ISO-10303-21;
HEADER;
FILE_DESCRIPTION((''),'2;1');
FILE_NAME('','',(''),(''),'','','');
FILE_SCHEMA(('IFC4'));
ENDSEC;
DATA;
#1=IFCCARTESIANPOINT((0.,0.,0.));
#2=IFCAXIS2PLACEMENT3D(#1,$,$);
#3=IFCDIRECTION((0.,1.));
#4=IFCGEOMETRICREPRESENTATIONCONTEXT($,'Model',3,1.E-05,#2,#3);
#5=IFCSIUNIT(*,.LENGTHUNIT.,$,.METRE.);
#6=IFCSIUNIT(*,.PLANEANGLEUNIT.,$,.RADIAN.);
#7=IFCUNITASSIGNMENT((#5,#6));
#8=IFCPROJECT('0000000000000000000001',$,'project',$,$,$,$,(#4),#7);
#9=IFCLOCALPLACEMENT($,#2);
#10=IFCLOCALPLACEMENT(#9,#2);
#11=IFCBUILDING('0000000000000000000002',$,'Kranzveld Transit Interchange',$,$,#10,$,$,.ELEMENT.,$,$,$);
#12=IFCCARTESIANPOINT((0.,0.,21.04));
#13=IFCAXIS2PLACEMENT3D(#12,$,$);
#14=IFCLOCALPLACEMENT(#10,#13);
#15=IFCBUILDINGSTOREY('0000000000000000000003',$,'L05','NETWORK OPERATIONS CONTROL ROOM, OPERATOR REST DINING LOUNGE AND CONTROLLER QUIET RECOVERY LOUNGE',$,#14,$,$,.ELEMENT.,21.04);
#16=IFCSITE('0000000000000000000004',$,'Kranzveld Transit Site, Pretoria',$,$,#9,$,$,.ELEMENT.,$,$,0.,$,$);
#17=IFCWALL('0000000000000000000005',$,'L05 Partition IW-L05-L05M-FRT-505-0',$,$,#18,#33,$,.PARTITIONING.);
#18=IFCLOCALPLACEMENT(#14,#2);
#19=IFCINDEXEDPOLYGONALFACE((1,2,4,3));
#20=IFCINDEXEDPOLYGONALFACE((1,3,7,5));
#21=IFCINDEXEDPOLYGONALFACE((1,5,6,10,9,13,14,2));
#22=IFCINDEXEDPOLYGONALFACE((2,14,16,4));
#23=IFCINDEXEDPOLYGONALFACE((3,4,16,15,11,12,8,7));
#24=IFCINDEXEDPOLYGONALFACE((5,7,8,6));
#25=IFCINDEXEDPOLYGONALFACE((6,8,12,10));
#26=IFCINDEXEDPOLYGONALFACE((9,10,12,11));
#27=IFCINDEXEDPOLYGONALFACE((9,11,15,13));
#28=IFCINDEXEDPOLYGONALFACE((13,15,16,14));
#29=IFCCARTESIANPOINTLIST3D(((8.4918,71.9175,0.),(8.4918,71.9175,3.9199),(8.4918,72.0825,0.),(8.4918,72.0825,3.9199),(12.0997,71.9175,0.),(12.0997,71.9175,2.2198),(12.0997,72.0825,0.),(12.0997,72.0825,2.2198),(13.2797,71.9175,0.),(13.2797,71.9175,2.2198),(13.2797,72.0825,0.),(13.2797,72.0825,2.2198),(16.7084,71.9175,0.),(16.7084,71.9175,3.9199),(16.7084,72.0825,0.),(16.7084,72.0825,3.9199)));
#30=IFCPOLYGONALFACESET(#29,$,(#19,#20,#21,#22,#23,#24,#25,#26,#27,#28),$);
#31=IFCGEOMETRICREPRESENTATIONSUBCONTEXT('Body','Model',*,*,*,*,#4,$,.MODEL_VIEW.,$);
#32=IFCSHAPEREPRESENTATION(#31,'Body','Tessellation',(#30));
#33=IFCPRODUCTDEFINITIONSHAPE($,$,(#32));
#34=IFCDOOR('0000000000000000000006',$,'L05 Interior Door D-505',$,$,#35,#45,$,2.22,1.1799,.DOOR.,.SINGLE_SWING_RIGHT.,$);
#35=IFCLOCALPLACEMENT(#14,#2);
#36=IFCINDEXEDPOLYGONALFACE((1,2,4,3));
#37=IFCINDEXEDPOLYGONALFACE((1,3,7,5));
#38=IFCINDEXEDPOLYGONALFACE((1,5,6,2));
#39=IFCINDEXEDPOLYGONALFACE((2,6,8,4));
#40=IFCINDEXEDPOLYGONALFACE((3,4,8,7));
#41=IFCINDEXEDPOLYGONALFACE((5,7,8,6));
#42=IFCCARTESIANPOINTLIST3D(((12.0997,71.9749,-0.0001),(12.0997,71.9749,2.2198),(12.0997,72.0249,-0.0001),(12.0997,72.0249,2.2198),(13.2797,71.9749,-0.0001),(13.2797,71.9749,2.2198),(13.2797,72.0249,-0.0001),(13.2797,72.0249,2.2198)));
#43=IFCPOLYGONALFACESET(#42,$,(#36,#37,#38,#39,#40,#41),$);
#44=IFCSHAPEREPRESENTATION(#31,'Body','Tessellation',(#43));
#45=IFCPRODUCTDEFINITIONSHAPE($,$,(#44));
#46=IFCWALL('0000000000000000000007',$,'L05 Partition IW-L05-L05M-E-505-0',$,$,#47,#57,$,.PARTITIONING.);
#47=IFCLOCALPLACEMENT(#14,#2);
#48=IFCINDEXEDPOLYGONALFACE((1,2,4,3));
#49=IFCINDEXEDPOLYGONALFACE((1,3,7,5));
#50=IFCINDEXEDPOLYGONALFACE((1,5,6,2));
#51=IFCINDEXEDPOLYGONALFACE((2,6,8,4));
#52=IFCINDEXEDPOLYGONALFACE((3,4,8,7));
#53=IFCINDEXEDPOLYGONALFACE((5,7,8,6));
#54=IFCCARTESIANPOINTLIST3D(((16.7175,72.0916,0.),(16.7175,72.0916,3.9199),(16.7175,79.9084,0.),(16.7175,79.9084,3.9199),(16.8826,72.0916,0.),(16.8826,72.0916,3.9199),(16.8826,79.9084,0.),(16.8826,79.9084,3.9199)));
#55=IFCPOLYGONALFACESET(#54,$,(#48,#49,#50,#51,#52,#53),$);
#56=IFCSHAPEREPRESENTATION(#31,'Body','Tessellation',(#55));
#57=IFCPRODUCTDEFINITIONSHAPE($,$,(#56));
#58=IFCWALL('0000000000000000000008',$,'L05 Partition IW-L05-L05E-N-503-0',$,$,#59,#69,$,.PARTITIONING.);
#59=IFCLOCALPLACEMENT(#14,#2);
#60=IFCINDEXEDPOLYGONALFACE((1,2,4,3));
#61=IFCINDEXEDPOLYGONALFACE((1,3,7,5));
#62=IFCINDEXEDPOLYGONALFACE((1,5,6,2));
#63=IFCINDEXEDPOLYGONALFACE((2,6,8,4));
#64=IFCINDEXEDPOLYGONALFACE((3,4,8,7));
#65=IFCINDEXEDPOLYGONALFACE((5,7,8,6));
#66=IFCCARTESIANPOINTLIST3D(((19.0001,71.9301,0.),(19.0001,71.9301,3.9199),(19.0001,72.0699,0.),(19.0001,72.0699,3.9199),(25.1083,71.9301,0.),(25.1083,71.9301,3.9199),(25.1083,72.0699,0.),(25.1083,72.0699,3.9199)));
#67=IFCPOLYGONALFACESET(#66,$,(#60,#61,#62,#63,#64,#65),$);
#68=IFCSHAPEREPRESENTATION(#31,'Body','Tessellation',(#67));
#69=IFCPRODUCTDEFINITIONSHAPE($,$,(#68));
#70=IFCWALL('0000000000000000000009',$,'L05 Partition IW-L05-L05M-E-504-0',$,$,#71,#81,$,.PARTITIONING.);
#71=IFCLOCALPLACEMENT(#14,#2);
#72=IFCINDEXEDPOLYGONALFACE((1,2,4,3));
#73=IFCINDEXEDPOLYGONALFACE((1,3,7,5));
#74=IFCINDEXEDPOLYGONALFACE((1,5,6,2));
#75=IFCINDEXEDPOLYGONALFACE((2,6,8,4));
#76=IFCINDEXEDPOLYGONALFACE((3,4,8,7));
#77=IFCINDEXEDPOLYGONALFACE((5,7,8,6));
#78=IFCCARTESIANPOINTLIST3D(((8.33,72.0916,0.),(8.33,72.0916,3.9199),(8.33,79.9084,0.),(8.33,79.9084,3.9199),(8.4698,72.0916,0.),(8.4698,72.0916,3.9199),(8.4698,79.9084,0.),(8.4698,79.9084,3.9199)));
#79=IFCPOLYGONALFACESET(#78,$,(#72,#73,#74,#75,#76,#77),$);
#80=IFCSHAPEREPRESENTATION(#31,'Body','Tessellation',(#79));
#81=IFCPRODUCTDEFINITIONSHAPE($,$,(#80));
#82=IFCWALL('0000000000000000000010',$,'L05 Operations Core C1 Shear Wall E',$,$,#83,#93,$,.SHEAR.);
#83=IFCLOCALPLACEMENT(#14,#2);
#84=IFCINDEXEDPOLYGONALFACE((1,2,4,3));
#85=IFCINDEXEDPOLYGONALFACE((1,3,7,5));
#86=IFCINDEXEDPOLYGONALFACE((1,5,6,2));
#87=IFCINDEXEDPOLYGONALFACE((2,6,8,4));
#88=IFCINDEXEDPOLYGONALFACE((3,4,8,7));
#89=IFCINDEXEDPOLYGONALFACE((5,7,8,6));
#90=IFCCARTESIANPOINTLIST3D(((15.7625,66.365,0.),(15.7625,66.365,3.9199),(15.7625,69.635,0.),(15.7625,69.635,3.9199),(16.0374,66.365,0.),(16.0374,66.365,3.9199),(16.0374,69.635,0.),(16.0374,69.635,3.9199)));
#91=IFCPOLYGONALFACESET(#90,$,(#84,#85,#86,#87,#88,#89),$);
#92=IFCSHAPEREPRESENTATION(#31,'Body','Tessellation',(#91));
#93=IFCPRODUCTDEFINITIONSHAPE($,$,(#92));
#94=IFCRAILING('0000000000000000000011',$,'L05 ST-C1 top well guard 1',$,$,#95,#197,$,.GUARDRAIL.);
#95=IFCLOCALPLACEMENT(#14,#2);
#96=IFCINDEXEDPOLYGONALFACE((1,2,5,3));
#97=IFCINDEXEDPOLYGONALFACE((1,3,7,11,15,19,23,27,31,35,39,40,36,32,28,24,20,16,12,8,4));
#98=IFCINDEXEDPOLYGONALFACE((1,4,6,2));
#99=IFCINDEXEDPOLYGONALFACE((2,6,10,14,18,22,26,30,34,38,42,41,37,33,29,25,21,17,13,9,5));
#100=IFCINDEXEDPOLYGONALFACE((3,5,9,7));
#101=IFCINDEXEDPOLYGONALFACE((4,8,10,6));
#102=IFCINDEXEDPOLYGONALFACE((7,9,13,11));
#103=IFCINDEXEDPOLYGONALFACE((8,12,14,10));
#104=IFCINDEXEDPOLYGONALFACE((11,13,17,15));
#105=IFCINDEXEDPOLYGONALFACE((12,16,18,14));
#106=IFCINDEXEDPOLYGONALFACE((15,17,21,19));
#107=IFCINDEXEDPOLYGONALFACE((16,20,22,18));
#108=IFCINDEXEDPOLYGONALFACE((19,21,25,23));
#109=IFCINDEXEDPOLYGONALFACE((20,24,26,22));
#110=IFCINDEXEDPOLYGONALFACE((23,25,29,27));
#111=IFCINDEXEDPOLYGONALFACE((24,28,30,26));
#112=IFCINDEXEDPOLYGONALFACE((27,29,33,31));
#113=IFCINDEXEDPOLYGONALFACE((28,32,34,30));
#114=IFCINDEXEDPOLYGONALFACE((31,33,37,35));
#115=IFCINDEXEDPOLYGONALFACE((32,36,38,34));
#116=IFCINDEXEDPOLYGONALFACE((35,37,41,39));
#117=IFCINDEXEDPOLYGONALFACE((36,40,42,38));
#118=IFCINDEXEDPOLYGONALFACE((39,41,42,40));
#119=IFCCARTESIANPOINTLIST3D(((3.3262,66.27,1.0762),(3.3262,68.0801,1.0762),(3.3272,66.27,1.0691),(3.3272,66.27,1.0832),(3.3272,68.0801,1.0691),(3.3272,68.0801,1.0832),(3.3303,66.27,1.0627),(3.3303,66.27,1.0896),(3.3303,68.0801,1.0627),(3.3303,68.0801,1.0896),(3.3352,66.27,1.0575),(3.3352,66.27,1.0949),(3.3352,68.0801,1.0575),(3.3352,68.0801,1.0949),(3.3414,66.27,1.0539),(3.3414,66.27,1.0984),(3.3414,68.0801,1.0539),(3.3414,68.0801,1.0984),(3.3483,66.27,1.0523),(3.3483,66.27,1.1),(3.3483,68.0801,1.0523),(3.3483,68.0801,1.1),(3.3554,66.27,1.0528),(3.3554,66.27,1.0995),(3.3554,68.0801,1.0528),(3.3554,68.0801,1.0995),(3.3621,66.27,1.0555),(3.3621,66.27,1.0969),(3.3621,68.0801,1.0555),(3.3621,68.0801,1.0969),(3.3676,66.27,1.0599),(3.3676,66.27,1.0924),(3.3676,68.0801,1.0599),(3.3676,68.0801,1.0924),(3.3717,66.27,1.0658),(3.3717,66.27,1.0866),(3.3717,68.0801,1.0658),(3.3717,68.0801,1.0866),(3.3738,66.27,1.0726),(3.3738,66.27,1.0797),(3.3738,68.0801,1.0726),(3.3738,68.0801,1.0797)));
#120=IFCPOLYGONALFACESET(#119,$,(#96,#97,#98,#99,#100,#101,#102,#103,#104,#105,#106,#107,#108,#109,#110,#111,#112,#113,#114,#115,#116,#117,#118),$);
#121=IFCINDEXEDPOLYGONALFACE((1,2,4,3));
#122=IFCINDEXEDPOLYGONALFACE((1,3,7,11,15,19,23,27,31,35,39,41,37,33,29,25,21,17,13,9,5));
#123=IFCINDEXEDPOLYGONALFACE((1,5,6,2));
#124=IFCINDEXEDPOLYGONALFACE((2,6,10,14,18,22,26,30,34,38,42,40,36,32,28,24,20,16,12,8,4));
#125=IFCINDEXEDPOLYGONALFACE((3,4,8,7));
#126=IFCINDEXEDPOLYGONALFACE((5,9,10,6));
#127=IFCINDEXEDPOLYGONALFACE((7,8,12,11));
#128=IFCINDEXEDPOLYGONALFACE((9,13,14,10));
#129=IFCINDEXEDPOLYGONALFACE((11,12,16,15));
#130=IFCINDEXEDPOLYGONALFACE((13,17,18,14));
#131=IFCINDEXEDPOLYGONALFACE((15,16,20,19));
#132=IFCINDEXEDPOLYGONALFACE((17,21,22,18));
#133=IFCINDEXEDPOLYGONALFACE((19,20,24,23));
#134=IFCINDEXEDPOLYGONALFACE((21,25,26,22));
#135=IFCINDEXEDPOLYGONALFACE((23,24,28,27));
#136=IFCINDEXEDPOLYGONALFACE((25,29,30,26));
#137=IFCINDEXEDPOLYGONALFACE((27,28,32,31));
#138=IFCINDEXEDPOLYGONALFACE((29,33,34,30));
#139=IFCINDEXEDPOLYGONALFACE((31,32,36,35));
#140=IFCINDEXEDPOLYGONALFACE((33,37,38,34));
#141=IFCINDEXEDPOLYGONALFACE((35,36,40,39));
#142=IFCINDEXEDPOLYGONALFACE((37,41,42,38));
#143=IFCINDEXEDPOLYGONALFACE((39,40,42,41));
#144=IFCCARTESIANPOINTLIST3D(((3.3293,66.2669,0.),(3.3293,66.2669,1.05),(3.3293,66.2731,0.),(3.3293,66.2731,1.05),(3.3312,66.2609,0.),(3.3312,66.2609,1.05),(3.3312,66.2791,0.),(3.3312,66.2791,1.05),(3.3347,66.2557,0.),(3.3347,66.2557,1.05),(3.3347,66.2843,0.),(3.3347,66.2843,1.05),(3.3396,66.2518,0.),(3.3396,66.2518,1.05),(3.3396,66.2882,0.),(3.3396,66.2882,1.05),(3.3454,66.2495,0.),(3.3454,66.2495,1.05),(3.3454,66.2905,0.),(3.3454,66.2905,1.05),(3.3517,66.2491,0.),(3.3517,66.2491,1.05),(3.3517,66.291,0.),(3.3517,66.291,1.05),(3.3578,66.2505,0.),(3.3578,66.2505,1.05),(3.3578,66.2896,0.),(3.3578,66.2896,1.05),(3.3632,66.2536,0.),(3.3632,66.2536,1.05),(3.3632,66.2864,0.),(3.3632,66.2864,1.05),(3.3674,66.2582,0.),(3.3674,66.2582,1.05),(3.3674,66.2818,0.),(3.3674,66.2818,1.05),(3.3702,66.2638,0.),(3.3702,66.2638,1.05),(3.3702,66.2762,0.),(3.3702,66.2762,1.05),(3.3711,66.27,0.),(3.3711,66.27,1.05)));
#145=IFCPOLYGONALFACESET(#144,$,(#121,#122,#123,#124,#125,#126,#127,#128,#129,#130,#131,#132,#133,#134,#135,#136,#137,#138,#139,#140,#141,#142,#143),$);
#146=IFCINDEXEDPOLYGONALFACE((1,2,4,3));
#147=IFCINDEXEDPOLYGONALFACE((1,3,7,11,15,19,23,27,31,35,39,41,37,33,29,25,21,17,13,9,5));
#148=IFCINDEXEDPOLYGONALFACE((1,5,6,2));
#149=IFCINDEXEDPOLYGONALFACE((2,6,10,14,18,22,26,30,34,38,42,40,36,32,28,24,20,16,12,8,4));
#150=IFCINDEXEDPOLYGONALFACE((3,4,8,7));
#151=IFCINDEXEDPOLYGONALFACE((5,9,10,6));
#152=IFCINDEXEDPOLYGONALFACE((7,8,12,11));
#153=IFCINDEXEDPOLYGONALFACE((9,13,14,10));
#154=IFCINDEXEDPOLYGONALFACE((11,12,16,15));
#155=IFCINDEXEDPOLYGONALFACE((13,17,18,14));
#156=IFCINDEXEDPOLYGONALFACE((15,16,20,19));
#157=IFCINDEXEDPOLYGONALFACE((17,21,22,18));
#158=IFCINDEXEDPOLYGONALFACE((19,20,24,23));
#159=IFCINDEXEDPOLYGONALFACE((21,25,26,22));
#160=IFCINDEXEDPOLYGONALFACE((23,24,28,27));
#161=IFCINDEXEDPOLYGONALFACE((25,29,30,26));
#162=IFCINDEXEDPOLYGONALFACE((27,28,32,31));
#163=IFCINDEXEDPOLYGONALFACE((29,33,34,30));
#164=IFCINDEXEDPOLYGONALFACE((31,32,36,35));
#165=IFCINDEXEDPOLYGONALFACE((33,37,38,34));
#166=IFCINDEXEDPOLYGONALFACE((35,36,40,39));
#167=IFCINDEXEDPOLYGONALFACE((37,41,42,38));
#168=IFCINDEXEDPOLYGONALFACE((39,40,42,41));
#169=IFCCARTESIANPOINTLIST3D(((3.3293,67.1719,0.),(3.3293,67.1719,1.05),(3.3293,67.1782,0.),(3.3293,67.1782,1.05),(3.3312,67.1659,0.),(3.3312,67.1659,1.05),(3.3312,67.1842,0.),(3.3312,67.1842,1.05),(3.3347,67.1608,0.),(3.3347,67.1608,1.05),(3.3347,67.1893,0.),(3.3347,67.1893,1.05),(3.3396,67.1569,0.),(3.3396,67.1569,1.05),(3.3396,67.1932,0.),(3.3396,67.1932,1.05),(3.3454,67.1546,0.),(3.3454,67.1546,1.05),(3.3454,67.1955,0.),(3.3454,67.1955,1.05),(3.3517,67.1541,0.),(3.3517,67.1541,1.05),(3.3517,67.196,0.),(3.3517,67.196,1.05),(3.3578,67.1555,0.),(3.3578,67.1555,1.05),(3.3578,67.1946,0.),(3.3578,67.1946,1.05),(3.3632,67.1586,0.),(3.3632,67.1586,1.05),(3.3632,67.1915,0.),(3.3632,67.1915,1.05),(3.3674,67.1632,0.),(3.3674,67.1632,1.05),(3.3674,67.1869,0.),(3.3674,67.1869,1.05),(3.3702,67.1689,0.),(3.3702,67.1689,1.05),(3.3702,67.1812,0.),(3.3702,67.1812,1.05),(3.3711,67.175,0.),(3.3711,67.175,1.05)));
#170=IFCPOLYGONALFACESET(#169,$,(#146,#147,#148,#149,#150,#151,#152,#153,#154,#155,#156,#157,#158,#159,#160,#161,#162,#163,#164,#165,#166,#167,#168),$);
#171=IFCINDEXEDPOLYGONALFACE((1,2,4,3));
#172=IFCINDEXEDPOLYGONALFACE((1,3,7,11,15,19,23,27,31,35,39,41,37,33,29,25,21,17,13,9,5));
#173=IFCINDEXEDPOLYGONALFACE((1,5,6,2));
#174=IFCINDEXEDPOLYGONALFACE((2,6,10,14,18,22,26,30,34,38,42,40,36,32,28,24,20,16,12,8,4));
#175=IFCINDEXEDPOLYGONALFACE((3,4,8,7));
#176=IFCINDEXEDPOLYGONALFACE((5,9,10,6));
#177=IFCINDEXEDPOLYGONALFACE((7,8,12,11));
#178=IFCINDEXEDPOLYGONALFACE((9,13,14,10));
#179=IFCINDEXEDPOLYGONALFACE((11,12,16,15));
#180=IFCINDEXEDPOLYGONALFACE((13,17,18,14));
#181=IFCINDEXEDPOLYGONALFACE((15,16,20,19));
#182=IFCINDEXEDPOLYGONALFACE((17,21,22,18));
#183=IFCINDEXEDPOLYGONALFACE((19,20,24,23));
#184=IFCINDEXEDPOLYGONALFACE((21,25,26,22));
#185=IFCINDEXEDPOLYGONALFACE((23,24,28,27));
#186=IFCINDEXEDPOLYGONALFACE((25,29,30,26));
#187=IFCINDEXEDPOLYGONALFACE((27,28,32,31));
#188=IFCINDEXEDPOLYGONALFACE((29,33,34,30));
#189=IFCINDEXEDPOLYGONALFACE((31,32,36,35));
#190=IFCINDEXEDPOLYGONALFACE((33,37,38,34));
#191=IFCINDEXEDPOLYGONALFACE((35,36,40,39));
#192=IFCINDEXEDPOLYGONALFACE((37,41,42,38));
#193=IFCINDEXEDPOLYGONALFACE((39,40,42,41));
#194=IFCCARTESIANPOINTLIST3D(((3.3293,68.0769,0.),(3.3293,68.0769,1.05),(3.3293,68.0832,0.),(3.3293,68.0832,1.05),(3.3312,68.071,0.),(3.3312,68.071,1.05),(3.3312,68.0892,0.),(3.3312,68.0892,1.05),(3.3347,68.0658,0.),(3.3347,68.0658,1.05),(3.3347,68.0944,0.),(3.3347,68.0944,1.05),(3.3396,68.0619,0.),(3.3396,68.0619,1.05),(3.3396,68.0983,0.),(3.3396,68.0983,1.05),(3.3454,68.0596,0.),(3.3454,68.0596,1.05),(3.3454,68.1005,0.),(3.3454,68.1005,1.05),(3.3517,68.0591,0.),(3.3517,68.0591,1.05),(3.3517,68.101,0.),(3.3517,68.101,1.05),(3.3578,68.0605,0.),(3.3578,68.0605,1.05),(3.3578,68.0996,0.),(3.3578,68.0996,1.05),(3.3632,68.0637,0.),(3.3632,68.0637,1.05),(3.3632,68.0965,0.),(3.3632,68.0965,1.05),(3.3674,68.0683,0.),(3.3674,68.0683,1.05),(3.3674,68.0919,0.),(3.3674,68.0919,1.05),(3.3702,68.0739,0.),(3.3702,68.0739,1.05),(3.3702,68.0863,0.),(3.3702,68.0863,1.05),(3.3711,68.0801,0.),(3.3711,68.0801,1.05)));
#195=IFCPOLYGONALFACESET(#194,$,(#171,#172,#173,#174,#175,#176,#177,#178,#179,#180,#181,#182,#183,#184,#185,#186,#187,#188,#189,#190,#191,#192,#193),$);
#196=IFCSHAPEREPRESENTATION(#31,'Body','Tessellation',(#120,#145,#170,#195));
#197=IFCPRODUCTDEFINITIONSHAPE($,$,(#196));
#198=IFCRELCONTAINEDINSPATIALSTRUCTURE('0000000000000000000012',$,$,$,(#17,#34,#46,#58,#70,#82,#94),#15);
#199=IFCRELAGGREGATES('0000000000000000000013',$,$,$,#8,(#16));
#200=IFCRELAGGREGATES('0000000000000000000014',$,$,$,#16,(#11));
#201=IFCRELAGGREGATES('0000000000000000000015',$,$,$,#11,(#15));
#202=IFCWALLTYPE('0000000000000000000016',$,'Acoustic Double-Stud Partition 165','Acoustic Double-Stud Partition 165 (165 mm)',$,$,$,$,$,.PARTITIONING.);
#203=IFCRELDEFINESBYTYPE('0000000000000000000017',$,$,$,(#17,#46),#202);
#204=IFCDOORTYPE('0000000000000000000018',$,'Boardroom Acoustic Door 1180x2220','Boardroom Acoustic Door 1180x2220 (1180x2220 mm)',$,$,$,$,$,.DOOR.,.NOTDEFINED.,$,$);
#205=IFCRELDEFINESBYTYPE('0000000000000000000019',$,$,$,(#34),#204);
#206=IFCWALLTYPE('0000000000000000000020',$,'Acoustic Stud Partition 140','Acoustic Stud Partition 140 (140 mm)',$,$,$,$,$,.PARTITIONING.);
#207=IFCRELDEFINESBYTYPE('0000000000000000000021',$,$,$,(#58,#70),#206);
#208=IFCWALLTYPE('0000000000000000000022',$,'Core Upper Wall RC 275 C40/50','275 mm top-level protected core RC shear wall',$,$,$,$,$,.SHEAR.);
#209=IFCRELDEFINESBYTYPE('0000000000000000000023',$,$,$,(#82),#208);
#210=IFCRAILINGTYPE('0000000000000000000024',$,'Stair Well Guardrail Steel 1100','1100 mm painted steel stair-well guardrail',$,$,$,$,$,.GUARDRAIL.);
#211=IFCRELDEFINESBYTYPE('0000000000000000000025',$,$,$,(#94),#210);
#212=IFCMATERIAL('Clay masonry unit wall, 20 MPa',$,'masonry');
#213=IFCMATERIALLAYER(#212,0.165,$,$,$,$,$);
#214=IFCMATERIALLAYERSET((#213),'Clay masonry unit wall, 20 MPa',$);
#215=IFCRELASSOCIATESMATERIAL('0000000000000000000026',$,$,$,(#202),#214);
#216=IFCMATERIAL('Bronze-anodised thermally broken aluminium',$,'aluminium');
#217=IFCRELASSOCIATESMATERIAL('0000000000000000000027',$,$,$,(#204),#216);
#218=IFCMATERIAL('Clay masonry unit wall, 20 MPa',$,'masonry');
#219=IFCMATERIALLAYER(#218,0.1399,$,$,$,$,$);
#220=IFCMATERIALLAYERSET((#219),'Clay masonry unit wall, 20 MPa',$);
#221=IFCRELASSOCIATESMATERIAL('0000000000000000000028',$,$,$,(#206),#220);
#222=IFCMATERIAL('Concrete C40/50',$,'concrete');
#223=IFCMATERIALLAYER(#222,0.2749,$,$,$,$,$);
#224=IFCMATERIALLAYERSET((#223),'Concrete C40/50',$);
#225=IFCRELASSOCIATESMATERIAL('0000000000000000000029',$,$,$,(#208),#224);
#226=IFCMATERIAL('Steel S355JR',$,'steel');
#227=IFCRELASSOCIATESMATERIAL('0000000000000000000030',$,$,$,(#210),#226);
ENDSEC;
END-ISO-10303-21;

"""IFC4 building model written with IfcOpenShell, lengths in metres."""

from ifc_helpers import new_model, si_unit, direction, frame, frame_2d, origin, origin_2d, place, context, subcontext, project, spatial, rectangle, circle, extrude, material, layer, layer_set, type_object, element, fill, save


model = new_model("IFC4")

# Units and contexts
model_context = context("Model", 3, precision=1e-05, world=origin(), true_north=direction((0.0, 1.0)))
body_context = subcontext(model_context, "Body", "Model", "MODEL_VIEW")
ifc_project = project(units=[si_unit("LENGTHUNIT", "METRE"), si_unit("PLANEANGLEUNIT", "RADIAN")], contexts=[model_context])

# Site, building, storey
site_placement = place(None, origin())
site = spatial("IfcSite", under=ifc_project, at=site_placement, Name="Kranzveld Transit Site, Pretoria", CompositionType="ELEMENT", RefElevation=0.0)
building_placement = place(site_placement, origin())
building = spatial("IfcBuilding", under=site, at=building_placement, Name="Kranzveld Transit Interchange", CompositionType="ELEMENT")
storey_placement = place(building_placement, frame((0.0, 0.0, 21.04)))
storey = spatial("IfcBuildingStorey", under=building, at=storey_placement, Name="L05", Description="NETWORK OPERATIONS CONTROL ROOM, OPERATOR REST DINING LOUNGE AND CONTROLLER QUIET RECOVERY LOUNGE", CompositionType="ELEMENT", Elevation=21.04)

# Wall, opening, door
ifc_material_1 = material(Name="Clay masonry unit wall, 20 MPa", Category="masonry")
ifc_layer_1 = layer(ifc_material_1, 0.165)
ifc_layer_set_1 = layer_set([ifc_layer_1], Name="Clay masonry unit wall, 20 MPa")
wall_type_1 = type_object("IfcWallType", Name="Acoustic Double-Stud Partition 165", Description="Acoustic Double-Stud Partition 165 (165 mm)", PredefinedType="PARTITIONING", material=ifc_layer_set_1)
ifc_material_2 = material(Name="Bronze-anodised thermally broken aluminium", Category="aluminium")
door_type_1 = type_object("IfcDoorType", Name="Boardroom Acoustic Door 1180x2220", Description="Boardroom Acoustic Door 1180x2220 (1180x2220 mm)", OperationType="NOTDEFINED", PredefinedType="DOOR", material=ifc_material_2)
wall_1_placement = place(storey_placement, frame((8.4917, 72.0, 0.0), z_axis=(0.0, 0.0, 1.0), x_axis=(1.0, 0.0, 0.0)))
wall_1 = element("IfcWall", 1, at=wall_1_placement, inside=storey, type_object=wall_type_1, Name="L05 Partition IW-L05-L05M-FRT-505-0", PredefinedType="PARTITIONING", context=body_context, shape_type="SweptSolid", body=[
    extrude(rectangle(XDim=8.2166, YDim=0.165, at=frame_2d((4.1084, 0.0))), origin(), (0.0, 0.0, 1.0), 3.9199),
])
opening_1_placement = place(wall_1_placement, frame((3.6082, 0.0, 0.0), z_axis=(0.0, 0.0, 1.0), x_axis=(1.0, 0.0, 0.0)))
opening_1 = element("IfcOpeningElement", 2, at=opening_1_placement, cuts=wall_1, PredefinedType="OPENING", context=body_context, shape_type="SweptSolid", body=[
    extrude(rectangle(XDim=1.1799, YDim=2.22, at=frame_2d((0.5898, 1.1099))), frame((0.0, 0.0925, 0.0), z_axis=(0.0, -1.0, 0.0), x_axis=(1.0, 0.0, 0.0)), (0.0, 0.0, 1.0), 0.1851),
])
door_1_placement = place(opening_1_placement, origin())
door_1 = element("IfcDoor", 3, at=door_1_placement, inside=storey, type_object=door_type_1, Name="L05 Interior Door D-505", OperationType="SINGLE_SWING_RIGHT", OverallHeight=2.22, OverallWidth=1.1799, PredefinedType="DOOR", context=body_context, shape_type="SweptSolid", body=[
    extrude(rectangle(XDim=1.1799, YDim=2.22, at=frame_2d((0.5898, 1.1099))), frame((0.0, 0.0249, 0.0), z_axis=(0.0, -1.0, 0.0), x_axis=(1.0, 0.0, 0.0)), (0.0, 0.0, 1.0), 0.05),
])
fill(opening_1, door_1)

# Walls
wall_2_placement = place(storey_placement, frame((16.8, 72.0916, 0.0), z_axis=(0.0, 0.0, 1.0), x_axis=(0.0, 1.0, 0.0)))
element("IfcWall", 4, at=wall_2_placement, inside=storey, type_object=wall_type_1, Name="L05 Partition IW-L05-L05M-E-505-0", PredefinedType="PARTITIONING", context=body_context, shape_type="SweptSolid", body=[
    extrude(rectangle(XDim=7.8169, YDim=0.165, at=frame_2d((3.9084, 0.0))), origin(), (0.0, 0.0, 1.0), 3.9199),
])
ifc_material_3 = material(Name="Clay masonry unit wall, 20 MPa", Category="masonry")
ifc_layer_2 = layer(ifc_material_3, 0.1399)
ifc_layer_set_2 = layer_set([ifc_layer_2], Name="Clay masonry unit wall, 20 MPa")
wall_type_2 = type_object("IfcWallType", Name="Acoustic Stud Partition 140", Description="Acoustic Stud Partition 140 (140 mm)", PredefinedType="PARTITIONING", material=ifc_layer_set_2)
wall_3_placement = place(storey_placement, frame((19.0, 72.0, 0.0), z_axis=(0.0, 0.0, 1.0), x_axis=(1.0, 0.0, 0.0)))
element("IfcWall", 5, at=wall_3_placement, inside=storey, type_object=wall_type_2, Name="L05 Partition IW-L05-L05E-N-503-0", PredefinedType="PARTITIONING", context=body_context, shape_type="SweptSolid", body=[
    extrude(rectangle(XDim=6.1082, YDim=0.1399, at=frame_2d((3.0542, 0.0))), origin(), (0.0, 0.0, 1.0), 3.9199),
])
wall_4_placement = place(storey_placement, frame((8.3999, 72.0916, 0.0), z_axis=(0.0, 0.0, 1.0), x_axis=(0.0, 1.0, 0.0)))
element("IfcWall", 6, at=wall_4_placement, inside=storey, type_object=wall_type_2, Name="L05 Partition IW-L05-L05M-E-504-0", PredefinedType="PARTITIONING", context=body_context, shape_type="SweptSolid", body=[
    extrude(rectangle(XDim=7.8169, YDim=0.1399, at=frame_2d((3.9084, 0.0))), origin(), (0.0, 0.0, 1.0), 3.9199),
])
ifc_material_4 = material(Name="Concrete C40/50", Category="concrete")
ifc_layer_3 = layer(ifc_material_4, 0.2749)
ifc_layer_set_3 = layer_set([ifc_layer_3], Name="Concrete C40/50")
wall_type_3 = type_object("IfcWallType", Name="Core Upper Wall RC 275 C40/50", Description="275 mm top-level protected core RC shear wall", PredefinedType="SHEAR", material=ifc_layer_set_3)
wall_5_placement = place(storey_placement, frame((15.8999, 66.365, 0.0), z_axis=(0.0, 0.0, 1.0), x_axis=(0.0, 1.0, 0.0)))
element("IfcWall", 7, at=wall_5_placement, inside=storey, type_object=wall_type_3, Name="L05 Operations Core C1 Shear Wall E", PredefinedType="SHEAR", context=body_context, shape_type="SweptSolid", body=[
    extrude(rectangle(XDim=3.27, YDim=0.2749, at=frame_2d((1.635, 0.0))), origin(), (0.0, 0.0, 1.0), 3.9199),
])

# Railing
ifc_material_5 = material(Name="Steel S355JR", Category="steel")
railing_type = type_object("IfcRailingType", Name="Stair Well Guardrail Steel 1100", Description="1100 mm painted steel stair-well guardrail", PredefinedType="GUARDRAIL", material=ifc_material_5)
railing_placement = place(storey_placement, frame((3.3501, 66.27, 0.0)))
element("IfcRailing", 8, at=railing_placement, inside=storey, type_object=railing_type, Name="L05 ST-C1 top well guard 1", PredefinedType="GUARDRAIL", context=body_context, shape_type="SweptSolid", body=[
    extrude(circle(Radius=0.0239, at=origin_2d()), frame((0.0, 0.0, 1.0762), z_axis=(0.0, 1.0, 0.0), x_axis=(-1.0, 0.0, 0.0)), (0.0, 0.0, 1.0), 1.8101),
    extrude(circle(Radius=0.021, at=origin_2d()), origin(), (0.0, 0.0, 1.0), 1.05),
    extrude(circle(Radius=0.021, at=origin_2d()), frame((0.0, 0.905, 0.0)), (0.0, 0.0, 1.0), 1.05),
    extrude(circle(Radius=0.021, at=origin_2d()), frame((0.0, 1.8101, 0.0)), (0.0, 0.0, 1.0), 1.05),
])

save(model, "model.ifc")
